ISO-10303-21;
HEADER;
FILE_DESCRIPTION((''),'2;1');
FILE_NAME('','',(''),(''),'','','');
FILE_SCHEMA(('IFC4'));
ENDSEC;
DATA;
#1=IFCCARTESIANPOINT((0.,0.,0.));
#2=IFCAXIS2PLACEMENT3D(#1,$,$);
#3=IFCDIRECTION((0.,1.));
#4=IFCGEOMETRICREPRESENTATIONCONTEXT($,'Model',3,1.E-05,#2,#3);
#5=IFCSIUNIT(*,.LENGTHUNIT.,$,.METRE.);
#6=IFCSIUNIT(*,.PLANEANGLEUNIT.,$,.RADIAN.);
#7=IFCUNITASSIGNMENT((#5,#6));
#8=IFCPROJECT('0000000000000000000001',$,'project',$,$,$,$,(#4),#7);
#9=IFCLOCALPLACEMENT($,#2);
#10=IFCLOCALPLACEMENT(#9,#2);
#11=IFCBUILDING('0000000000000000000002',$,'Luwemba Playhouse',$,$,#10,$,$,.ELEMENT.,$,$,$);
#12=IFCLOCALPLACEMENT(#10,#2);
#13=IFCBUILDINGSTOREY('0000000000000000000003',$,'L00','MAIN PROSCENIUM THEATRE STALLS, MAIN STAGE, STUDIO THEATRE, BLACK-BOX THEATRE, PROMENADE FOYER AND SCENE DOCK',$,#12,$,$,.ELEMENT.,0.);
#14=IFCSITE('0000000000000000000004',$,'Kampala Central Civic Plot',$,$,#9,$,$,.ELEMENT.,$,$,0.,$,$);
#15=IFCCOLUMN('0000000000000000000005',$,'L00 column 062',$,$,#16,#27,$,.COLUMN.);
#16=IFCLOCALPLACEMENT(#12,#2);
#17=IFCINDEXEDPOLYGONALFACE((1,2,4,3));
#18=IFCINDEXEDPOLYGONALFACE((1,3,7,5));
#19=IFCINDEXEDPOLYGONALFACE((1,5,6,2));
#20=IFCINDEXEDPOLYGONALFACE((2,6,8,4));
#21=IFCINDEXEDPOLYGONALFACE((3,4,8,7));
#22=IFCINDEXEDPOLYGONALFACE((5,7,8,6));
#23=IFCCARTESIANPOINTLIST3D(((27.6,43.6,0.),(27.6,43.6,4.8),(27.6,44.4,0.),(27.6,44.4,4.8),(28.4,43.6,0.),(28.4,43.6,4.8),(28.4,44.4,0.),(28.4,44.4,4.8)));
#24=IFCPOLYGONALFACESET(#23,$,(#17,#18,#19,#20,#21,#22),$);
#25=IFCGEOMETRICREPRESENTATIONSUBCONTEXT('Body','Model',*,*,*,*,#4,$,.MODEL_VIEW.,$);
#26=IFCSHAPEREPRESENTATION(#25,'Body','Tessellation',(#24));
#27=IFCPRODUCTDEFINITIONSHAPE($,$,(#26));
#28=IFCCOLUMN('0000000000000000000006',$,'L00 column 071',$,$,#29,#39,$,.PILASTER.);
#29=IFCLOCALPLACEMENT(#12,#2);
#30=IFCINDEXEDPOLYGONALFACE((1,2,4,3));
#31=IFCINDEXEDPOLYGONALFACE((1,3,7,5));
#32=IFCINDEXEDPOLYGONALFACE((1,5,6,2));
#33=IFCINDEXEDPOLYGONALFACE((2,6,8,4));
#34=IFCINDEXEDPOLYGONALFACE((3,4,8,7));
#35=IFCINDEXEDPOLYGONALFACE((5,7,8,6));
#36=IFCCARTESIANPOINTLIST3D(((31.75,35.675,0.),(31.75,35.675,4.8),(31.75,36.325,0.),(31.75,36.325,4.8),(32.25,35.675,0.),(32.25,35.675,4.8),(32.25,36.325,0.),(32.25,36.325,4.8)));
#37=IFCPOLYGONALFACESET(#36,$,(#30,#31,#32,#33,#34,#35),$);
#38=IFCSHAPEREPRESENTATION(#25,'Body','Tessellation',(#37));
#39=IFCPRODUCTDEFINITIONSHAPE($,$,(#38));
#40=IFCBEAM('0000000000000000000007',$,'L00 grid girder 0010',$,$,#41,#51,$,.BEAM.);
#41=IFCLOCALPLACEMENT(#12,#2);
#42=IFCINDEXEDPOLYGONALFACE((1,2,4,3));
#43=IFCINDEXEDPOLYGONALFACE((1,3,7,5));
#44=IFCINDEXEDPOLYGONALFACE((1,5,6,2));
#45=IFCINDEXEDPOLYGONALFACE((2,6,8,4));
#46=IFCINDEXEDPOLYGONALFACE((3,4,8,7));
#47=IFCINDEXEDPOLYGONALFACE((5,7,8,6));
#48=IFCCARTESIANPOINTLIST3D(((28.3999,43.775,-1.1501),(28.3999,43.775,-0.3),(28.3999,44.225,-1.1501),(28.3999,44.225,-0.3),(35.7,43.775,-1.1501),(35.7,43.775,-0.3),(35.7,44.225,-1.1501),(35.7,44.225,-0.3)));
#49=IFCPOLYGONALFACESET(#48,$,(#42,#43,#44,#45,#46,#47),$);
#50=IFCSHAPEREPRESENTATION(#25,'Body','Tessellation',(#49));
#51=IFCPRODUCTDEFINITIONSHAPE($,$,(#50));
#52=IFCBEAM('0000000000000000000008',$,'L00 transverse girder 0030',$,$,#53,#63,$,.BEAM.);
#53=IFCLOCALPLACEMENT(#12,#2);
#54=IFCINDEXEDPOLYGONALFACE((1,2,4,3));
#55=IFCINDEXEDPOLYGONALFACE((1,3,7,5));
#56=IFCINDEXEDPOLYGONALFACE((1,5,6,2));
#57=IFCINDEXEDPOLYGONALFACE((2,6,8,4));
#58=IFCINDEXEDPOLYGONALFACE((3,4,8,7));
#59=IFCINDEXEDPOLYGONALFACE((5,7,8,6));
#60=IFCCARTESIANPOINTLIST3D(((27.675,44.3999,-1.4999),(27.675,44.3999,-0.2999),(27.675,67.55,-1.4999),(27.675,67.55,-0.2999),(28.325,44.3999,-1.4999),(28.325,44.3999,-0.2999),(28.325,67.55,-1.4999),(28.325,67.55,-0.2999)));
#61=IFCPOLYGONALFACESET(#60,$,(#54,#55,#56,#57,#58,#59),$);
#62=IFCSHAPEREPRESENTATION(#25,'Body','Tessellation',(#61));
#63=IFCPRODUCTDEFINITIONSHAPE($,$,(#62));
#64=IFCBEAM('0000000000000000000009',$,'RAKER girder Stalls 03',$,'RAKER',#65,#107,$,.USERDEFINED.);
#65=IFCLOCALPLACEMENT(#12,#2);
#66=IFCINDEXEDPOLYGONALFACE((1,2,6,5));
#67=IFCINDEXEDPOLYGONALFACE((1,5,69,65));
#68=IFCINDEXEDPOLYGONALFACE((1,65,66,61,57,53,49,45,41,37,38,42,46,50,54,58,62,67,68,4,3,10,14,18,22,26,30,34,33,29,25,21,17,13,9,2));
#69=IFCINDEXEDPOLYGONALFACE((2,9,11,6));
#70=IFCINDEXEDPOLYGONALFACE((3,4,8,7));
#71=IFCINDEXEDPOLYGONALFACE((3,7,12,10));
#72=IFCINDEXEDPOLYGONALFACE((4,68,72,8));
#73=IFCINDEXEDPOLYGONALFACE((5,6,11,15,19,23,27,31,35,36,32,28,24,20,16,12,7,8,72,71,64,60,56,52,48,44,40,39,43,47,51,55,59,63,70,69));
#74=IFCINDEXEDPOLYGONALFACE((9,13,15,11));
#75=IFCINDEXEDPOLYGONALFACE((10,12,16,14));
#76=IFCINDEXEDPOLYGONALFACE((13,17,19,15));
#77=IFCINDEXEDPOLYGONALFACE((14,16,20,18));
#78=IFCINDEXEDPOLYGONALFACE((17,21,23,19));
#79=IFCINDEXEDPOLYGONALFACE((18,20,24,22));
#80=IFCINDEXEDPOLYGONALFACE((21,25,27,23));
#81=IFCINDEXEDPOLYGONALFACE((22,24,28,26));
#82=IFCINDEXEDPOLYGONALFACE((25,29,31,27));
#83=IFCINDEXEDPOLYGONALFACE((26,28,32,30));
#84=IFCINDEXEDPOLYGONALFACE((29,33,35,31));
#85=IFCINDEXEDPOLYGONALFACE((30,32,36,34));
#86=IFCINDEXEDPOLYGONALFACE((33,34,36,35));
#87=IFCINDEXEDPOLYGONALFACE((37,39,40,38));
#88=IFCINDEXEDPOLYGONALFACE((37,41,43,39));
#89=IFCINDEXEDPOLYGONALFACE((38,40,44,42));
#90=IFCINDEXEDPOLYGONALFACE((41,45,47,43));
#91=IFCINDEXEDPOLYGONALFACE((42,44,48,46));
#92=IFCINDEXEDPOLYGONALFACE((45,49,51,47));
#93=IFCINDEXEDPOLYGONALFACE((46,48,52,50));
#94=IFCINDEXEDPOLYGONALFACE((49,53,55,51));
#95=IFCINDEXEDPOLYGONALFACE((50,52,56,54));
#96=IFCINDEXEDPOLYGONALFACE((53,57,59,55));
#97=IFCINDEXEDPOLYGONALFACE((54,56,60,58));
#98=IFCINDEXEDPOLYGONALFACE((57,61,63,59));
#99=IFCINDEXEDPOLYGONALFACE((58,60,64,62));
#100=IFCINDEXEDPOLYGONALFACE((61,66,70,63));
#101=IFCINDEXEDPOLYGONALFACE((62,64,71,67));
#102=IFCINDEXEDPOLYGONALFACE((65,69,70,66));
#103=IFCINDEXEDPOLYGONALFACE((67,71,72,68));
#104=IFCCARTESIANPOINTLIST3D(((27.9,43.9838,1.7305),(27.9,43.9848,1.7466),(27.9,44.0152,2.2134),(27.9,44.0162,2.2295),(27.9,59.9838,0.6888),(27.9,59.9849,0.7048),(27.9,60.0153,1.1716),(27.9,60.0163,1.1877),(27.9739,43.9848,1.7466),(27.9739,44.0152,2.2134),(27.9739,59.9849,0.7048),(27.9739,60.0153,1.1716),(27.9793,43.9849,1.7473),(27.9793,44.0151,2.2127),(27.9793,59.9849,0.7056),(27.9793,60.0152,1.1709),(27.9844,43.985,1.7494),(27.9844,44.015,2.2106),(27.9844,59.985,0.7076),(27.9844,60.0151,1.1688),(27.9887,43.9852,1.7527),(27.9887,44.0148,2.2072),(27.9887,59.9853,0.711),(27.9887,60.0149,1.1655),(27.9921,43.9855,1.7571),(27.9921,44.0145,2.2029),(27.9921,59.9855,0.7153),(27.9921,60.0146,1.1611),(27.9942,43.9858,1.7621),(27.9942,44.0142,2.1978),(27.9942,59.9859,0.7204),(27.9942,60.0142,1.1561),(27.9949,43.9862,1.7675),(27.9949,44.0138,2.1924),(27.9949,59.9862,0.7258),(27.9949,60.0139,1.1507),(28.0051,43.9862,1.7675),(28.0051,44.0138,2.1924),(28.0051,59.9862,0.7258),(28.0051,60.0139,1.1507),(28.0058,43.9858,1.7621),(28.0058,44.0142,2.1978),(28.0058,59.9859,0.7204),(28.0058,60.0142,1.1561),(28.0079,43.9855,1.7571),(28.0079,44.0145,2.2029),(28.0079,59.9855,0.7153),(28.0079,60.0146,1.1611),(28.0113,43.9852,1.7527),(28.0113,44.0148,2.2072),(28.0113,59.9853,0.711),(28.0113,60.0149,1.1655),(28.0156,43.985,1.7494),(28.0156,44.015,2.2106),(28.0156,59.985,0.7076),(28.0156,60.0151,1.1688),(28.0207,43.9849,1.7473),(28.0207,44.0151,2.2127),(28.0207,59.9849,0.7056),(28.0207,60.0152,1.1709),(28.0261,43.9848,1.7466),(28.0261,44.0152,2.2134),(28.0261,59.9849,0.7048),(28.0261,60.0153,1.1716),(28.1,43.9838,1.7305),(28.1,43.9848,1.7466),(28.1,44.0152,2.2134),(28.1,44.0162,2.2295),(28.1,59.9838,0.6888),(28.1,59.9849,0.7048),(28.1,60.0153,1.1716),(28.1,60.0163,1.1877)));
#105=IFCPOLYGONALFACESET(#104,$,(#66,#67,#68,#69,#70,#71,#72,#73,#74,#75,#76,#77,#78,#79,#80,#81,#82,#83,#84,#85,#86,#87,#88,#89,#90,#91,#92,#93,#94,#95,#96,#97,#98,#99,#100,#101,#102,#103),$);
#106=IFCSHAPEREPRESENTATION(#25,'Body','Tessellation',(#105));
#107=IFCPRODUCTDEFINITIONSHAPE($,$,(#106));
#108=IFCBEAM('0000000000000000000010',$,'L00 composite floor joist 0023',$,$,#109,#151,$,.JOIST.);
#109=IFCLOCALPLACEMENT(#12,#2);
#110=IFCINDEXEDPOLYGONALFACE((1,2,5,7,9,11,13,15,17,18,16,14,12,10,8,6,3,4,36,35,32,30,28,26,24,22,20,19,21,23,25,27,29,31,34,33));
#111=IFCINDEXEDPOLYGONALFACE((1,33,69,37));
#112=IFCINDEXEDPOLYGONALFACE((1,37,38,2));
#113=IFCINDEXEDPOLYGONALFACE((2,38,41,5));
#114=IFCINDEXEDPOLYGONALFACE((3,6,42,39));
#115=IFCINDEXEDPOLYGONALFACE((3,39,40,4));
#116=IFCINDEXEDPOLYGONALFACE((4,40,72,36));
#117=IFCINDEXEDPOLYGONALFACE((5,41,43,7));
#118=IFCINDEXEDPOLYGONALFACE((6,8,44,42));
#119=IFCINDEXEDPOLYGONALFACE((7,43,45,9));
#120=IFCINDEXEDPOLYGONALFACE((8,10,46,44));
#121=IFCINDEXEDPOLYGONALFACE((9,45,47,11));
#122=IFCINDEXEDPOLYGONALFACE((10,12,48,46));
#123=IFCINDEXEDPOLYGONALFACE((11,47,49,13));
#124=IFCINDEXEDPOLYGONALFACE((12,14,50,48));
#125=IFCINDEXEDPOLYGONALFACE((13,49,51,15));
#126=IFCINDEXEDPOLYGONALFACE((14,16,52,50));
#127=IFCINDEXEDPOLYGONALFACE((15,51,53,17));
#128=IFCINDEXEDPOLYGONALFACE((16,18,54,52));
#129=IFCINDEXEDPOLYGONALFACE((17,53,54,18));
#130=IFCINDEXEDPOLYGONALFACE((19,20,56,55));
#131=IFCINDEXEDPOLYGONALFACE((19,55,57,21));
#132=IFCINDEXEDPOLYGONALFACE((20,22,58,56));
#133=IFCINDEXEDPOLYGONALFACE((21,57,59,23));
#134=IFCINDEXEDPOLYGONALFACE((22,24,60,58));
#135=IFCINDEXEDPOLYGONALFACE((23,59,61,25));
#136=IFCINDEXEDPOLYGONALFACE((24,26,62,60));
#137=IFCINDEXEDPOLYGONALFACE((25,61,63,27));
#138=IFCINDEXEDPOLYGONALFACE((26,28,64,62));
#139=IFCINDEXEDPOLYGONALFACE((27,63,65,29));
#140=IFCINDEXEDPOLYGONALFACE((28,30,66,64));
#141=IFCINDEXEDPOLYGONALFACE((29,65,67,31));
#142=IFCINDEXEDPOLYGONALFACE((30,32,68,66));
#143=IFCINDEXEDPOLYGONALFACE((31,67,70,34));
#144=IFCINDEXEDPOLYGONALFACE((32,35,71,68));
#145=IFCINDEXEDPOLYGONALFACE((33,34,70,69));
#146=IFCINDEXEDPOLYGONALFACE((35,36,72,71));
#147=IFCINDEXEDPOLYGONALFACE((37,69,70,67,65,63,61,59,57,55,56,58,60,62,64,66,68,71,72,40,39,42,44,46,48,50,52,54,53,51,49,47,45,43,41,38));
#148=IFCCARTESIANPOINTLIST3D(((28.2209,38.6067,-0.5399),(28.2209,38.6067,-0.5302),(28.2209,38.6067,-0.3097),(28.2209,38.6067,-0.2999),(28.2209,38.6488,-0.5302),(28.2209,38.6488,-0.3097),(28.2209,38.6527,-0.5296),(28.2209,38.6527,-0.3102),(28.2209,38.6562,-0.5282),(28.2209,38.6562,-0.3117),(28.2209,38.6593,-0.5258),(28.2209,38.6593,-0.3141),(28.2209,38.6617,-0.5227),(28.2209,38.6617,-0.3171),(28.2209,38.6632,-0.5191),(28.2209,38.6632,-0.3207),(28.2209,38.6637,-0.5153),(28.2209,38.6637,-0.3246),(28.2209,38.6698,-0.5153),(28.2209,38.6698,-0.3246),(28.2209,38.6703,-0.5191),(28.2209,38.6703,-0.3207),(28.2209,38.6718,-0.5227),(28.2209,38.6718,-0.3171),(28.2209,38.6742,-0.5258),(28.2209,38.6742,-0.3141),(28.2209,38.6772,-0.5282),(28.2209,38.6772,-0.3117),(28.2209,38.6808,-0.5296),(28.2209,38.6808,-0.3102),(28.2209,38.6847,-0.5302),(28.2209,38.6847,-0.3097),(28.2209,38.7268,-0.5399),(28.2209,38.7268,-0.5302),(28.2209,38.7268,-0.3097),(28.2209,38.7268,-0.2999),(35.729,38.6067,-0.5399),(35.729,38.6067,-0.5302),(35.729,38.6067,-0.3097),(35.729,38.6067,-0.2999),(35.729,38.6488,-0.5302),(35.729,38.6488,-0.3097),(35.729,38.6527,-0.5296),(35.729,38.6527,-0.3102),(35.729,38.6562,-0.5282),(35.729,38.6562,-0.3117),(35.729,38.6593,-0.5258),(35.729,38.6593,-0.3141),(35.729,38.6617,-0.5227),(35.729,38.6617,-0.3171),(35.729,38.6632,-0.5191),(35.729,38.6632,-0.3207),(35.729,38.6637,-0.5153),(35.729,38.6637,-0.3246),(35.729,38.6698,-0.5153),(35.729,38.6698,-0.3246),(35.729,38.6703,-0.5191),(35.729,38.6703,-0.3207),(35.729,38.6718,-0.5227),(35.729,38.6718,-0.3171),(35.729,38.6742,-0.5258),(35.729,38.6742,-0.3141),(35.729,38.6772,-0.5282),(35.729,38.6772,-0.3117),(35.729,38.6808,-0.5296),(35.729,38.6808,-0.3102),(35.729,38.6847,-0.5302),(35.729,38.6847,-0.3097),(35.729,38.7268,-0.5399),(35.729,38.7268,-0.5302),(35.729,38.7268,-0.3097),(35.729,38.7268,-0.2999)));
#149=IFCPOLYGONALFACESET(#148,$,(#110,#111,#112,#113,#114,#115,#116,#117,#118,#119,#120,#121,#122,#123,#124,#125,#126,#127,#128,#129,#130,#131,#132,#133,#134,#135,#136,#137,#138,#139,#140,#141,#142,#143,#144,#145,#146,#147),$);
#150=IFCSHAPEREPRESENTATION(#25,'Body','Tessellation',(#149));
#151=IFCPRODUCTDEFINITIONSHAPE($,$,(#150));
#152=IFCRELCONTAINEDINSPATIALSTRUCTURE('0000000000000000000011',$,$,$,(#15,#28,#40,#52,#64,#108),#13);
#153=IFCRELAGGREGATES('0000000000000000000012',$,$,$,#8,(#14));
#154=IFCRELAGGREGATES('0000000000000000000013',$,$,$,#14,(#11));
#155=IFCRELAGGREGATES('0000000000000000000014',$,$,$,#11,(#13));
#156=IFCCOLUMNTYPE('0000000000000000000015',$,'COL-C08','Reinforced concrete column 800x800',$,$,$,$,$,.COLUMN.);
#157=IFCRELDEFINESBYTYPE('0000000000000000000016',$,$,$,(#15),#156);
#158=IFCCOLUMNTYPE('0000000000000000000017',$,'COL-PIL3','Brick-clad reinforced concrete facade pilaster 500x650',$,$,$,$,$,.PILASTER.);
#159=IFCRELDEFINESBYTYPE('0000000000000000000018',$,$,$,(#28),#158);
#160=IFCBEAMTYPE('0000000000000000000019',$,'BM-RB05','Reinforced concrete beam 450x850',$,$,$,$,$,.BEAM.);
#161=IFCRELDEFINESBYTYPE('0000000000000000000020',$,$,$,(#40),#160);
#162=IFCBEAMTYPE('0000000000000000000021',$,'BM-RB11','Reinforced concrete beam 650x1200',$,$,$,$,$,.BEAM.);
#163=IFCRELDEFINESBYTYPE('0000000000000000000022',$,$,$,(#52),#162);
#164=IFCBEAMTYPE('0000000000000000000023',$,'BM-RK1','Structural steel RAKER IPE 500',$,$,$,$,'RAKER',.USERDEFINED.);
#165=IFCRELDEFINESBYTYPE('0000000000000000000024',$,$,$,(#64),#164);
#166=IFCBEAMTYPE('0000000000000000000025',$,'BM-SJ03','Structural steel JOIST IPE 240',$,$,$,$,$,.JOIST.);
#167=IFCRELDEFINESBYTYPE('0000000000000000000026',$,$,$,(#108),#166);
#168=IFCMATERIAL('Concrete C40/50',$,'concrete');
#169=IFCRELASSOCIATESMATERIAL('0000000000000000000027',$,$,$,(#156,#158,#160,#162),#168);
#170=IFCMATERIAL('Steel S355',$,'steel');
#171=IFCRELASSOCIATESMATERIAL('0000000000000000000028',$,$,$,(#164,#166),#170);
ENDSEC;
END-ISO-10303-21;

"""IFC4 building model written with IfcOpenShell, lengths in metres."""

from ifc_helpers import new_model, si_unit, direction, frame, origin, origin_2d, place, context, subcontext, project, spatial, rectangle, i_section, extrude, material, material_profile, profile_set, type_object, element, save


model = new_model("IFC4")

# Units and contexts
model_context = context("Model", 3, precision=1e-05, world=origin(), true_north=direction((0.0, 1.0)))
body_context = subcontext(model_context, "Body", "Model", "MODEL_VIEW")
ifc_project = project(units=[si_unit("LENGTHUNIT", "METRE"), si_unit("PLANEANGLEUNIT", "RADIAN")], contexts=[model_context])

# Site, building, storey
site_placement = place(None, origin())
site = spatial("IfcSite", under=ifc_project, at=site_placement, Name="Kampala Central Civic Plot", CompositionType="ELEMENT", RefElevation=0.0)
building_placement = place(site_placement, origin())
building = spatial("IfcBuilding", under=site, at=building_placement, Name="Luwemba Playhouse", CompositionType="ELEMENT")
storey_placement = place(building_placement, origin())
storey = spatial("IfcBuildingStorey", under=building, at=storey_placement, Name="L00", Description="MAIN PROSCENIUM THEATRE STALLS, MAIN STAGE, STUDIO THEATRE, BLACK-BOX THEATRE, PROMENADE FOYER AND SCENE DOCK", CompositionType="ELEMENT", Elevation=0.0)

# Columns
ifc_material_1 = material(Name="Concrete C40/50", Category="concrete")
ifc_material_profile_1 = material_profile(ifc_material_1, rectangle(XDim=0.8, YDim=0.8, at=origin_2d()))
ifc_profile_set_1 = profile_set([ifc_material_profile_1], Name="Concrete C40/50")
column_type_1 = type_object("IfcColumnType", Name="COL-C08", Description="Reinforced concrete column 800x800", PredefinedType="COLUMN", material=ifc_profile_set_1)
column_1_placement = place(storey_placement, frame((28.0, 44.0, 0.0), z_axis=(0.0, 0.0, 1.0), x_axis=(1.0, 0.0, 0.0)))
element("IfcColumn", 1, at=column_1_placement, inside=storey, type_object=column_type_1, Name="L00 column 062", PredefinedType="COLUMN", context=body_context, shape_type="SweptSolid", body=[
    extrude(rectangle(XDim=0.8, YDim=0.8, at=origin_2d()), origin(), (0.0, 0.0, 1.0), 4.8),
])
ifc_material_profile_2 = material_profile(ifc_material_1, rectangle(XDim=0.5, YDim=0.6499, at=origin_2d()))
ifc_profile_set_2 = profile_set([ifc_material_profile_2], Name="Concrete C40/50")
column_type_2 = type_object("IfcColumnType", Name="COL-PIL3", Description="Brick-clad reinforced concrete facade pilaster 500x650", PredefinedType="PILASTER", material=ifc_profile_set_2)
column_2_placement = place(storey_placement, frame((32.0, 36.0, 0.0), z_axis=(0.0, 0.0, 1.0), x_axis=(1.0, 0.0, 0.0)))
element("IfcColumn", 2, at=column_2_placement, inside=storey, type_object=column_type_2, Name="L00 column 071", PredefinedType="PILASTER", context=body_context, shape_type="SweptSolid", body=[
    extrude(rectangle(XDim=0.5, YDim=0.6499, at=origin_2d()), origin(), (0.0, 0.0, 1.0), 4.8),
])

# Beams
ifc_material_profile_3 = material_profile(ifc_material_1, rectangle(XDim=0.45, YDim=0.8501, at=origin_2d()))
ifc_profile_set_3 = profile_set([ifc_material_profile_3], Name="Concrete C40/50")
beam_type_1 = type_object("IfcBeamType", Name="BM-RB05", Description="Reinforced concrete beam 450x850", PredefinedType="BEAM", material=ifc_profile_set_3)
beam_1_placement = place(storey_placement, frame((28.3999, 44.0, -0.7251), z_axis=(1.0, 0.0, 0.0), x_axis=(0.0, 1.0, 0.0)))
element("IfcBeam", 3, at=beam_1_placement, inside=storey, type_object=beam_type_1, Name="L00 grid girder 0010", PredefinedType="BEAM", context=body_context, shape_type="SweptSolid", body=[
    extrude(rectangle(XDim=0.45, YDim=0.8501, at=origin_2d()), origin(), (0.0, 0.0, 1.0), 7.3),
])
ifc_material_profile_4 = material_profile(ifc_material_1, rectangle(XDim=0.6499, YDim=1.2, at=origin_2d()))
ifc_profile_set_4 = profile_set([ifc_material_profile_4], Name="Concrete C40/50")
beam_type_2 = type_object("IfcBeamType", Name="BM-RB11", Description="Reinforced concrete beam 650x1200", PredefinedType="BEAM", material=ifc_profile_set_4)
beam_2_placement = place(storey_placement, frame((28.0, 44.3999, -0.8999), z_axis=(0.0, 1.0, 0.0), x_axis=(-1.0, 0.0, 0.0)))
element("IfcBeam", 4, at=beam_2_placement, inside=storey, type_object=beam_type_2, Name="L00 transverse girder 0030", PredefinedType="BEAM", context=body_context, shape_type="SweptSolid", body=[
    extrude(rectangle(XDim=0.6499, YDim=1.2, at=origin_2d()), origin(), (0.0, 0.0, 1.0), 23.1501),
])
ifc_material_2 = material(Name="Steel S355", Category="steel")
ifc_material_profile_5 = material_profile(ifc_material_2, i_section(OverallWidth=0.2, OverallDepth=0.5, WebThickness=0.0103, FlangeThickness=0.0161, FilletRadius=0.021, at=origin_2d()))
ifc_profile_set_5 = profile_set([ifc_material_profile_5], Name="Steel S355")
beam_type_3 = type_object("IfcBeamType", Name="BM-RK1", Description="Structural steel RAKER IPE 500", ElementType="RAKER", PredefinedType="USERDEFINED", material=ifc_profile_set_5)
beam_3_placement = place(storey_placement, frame((28.0, 44.0, 1.98), z_axis=(0.0, 0.997887, -0.064972), x_axis=(-1.0, 0.0, 0.0)))
element("IfcBeam", 5, at=beam_3_placement, inside=storey, type_object=beam_type_3, Name="RAKER girder Stalls 03", ObjectType="RAKER", PredefinedType="USERDEFINED", context=body_context, shape_type="SweptSolid", body=[
    extrude(i_section(OverallWidth=0.2, OverallDepth=0.5, WebThickness=0.0103, FlangeThickness=0.0161, FilletRadius=0.021, at=origin_2d()), origin(), (0.0, 0.0, 1.0), 16.0339),
])
ifc_material_profile_6 = material_profile(ifc_material_2, i_section(OverallWidth=0.1201, OverallDepth=0.24, WebThickness=0.0061, FlangeThickness=0.0098, FilletRadius=0.0149, at=origin_2d()))
ifc_profile_set_6 = profile_set([ifc_material_profile_6], Name="Steel S355")
beam_type_4 = type_object("IfcBeamType", Name="BM-SJ03", Description="Structural steel JOIST IPE 240", PredefinedType="JOIST", material=ifc_profile_set_6)
beam_4_placement = place(storey_placement, frame((28.2209, 38.6667, -0.4199), z_axis=(1.0, 0.0, 0.0), x_axis=(0.0, 1.0, 0.0)))
element("IfcBeam", 6, at=beam_4_placement, inside=storey, type_object=beam_type_4, Name="L00 composite floor joist 0023", PredefinedType="JOIST", context=body_context, shape_type="SweptSolid", body=[
    extrude(i_section(OverallWidth=0.1201, OverallDepth=0.24, WebThickness=0.0061, FlangeThickness=0.0098, FilletRadius=0.0149, at=origin_2d()), origin(), (0.0, 0.0, 1.0), 7.5081),
])

save(model, "model.ifc")
